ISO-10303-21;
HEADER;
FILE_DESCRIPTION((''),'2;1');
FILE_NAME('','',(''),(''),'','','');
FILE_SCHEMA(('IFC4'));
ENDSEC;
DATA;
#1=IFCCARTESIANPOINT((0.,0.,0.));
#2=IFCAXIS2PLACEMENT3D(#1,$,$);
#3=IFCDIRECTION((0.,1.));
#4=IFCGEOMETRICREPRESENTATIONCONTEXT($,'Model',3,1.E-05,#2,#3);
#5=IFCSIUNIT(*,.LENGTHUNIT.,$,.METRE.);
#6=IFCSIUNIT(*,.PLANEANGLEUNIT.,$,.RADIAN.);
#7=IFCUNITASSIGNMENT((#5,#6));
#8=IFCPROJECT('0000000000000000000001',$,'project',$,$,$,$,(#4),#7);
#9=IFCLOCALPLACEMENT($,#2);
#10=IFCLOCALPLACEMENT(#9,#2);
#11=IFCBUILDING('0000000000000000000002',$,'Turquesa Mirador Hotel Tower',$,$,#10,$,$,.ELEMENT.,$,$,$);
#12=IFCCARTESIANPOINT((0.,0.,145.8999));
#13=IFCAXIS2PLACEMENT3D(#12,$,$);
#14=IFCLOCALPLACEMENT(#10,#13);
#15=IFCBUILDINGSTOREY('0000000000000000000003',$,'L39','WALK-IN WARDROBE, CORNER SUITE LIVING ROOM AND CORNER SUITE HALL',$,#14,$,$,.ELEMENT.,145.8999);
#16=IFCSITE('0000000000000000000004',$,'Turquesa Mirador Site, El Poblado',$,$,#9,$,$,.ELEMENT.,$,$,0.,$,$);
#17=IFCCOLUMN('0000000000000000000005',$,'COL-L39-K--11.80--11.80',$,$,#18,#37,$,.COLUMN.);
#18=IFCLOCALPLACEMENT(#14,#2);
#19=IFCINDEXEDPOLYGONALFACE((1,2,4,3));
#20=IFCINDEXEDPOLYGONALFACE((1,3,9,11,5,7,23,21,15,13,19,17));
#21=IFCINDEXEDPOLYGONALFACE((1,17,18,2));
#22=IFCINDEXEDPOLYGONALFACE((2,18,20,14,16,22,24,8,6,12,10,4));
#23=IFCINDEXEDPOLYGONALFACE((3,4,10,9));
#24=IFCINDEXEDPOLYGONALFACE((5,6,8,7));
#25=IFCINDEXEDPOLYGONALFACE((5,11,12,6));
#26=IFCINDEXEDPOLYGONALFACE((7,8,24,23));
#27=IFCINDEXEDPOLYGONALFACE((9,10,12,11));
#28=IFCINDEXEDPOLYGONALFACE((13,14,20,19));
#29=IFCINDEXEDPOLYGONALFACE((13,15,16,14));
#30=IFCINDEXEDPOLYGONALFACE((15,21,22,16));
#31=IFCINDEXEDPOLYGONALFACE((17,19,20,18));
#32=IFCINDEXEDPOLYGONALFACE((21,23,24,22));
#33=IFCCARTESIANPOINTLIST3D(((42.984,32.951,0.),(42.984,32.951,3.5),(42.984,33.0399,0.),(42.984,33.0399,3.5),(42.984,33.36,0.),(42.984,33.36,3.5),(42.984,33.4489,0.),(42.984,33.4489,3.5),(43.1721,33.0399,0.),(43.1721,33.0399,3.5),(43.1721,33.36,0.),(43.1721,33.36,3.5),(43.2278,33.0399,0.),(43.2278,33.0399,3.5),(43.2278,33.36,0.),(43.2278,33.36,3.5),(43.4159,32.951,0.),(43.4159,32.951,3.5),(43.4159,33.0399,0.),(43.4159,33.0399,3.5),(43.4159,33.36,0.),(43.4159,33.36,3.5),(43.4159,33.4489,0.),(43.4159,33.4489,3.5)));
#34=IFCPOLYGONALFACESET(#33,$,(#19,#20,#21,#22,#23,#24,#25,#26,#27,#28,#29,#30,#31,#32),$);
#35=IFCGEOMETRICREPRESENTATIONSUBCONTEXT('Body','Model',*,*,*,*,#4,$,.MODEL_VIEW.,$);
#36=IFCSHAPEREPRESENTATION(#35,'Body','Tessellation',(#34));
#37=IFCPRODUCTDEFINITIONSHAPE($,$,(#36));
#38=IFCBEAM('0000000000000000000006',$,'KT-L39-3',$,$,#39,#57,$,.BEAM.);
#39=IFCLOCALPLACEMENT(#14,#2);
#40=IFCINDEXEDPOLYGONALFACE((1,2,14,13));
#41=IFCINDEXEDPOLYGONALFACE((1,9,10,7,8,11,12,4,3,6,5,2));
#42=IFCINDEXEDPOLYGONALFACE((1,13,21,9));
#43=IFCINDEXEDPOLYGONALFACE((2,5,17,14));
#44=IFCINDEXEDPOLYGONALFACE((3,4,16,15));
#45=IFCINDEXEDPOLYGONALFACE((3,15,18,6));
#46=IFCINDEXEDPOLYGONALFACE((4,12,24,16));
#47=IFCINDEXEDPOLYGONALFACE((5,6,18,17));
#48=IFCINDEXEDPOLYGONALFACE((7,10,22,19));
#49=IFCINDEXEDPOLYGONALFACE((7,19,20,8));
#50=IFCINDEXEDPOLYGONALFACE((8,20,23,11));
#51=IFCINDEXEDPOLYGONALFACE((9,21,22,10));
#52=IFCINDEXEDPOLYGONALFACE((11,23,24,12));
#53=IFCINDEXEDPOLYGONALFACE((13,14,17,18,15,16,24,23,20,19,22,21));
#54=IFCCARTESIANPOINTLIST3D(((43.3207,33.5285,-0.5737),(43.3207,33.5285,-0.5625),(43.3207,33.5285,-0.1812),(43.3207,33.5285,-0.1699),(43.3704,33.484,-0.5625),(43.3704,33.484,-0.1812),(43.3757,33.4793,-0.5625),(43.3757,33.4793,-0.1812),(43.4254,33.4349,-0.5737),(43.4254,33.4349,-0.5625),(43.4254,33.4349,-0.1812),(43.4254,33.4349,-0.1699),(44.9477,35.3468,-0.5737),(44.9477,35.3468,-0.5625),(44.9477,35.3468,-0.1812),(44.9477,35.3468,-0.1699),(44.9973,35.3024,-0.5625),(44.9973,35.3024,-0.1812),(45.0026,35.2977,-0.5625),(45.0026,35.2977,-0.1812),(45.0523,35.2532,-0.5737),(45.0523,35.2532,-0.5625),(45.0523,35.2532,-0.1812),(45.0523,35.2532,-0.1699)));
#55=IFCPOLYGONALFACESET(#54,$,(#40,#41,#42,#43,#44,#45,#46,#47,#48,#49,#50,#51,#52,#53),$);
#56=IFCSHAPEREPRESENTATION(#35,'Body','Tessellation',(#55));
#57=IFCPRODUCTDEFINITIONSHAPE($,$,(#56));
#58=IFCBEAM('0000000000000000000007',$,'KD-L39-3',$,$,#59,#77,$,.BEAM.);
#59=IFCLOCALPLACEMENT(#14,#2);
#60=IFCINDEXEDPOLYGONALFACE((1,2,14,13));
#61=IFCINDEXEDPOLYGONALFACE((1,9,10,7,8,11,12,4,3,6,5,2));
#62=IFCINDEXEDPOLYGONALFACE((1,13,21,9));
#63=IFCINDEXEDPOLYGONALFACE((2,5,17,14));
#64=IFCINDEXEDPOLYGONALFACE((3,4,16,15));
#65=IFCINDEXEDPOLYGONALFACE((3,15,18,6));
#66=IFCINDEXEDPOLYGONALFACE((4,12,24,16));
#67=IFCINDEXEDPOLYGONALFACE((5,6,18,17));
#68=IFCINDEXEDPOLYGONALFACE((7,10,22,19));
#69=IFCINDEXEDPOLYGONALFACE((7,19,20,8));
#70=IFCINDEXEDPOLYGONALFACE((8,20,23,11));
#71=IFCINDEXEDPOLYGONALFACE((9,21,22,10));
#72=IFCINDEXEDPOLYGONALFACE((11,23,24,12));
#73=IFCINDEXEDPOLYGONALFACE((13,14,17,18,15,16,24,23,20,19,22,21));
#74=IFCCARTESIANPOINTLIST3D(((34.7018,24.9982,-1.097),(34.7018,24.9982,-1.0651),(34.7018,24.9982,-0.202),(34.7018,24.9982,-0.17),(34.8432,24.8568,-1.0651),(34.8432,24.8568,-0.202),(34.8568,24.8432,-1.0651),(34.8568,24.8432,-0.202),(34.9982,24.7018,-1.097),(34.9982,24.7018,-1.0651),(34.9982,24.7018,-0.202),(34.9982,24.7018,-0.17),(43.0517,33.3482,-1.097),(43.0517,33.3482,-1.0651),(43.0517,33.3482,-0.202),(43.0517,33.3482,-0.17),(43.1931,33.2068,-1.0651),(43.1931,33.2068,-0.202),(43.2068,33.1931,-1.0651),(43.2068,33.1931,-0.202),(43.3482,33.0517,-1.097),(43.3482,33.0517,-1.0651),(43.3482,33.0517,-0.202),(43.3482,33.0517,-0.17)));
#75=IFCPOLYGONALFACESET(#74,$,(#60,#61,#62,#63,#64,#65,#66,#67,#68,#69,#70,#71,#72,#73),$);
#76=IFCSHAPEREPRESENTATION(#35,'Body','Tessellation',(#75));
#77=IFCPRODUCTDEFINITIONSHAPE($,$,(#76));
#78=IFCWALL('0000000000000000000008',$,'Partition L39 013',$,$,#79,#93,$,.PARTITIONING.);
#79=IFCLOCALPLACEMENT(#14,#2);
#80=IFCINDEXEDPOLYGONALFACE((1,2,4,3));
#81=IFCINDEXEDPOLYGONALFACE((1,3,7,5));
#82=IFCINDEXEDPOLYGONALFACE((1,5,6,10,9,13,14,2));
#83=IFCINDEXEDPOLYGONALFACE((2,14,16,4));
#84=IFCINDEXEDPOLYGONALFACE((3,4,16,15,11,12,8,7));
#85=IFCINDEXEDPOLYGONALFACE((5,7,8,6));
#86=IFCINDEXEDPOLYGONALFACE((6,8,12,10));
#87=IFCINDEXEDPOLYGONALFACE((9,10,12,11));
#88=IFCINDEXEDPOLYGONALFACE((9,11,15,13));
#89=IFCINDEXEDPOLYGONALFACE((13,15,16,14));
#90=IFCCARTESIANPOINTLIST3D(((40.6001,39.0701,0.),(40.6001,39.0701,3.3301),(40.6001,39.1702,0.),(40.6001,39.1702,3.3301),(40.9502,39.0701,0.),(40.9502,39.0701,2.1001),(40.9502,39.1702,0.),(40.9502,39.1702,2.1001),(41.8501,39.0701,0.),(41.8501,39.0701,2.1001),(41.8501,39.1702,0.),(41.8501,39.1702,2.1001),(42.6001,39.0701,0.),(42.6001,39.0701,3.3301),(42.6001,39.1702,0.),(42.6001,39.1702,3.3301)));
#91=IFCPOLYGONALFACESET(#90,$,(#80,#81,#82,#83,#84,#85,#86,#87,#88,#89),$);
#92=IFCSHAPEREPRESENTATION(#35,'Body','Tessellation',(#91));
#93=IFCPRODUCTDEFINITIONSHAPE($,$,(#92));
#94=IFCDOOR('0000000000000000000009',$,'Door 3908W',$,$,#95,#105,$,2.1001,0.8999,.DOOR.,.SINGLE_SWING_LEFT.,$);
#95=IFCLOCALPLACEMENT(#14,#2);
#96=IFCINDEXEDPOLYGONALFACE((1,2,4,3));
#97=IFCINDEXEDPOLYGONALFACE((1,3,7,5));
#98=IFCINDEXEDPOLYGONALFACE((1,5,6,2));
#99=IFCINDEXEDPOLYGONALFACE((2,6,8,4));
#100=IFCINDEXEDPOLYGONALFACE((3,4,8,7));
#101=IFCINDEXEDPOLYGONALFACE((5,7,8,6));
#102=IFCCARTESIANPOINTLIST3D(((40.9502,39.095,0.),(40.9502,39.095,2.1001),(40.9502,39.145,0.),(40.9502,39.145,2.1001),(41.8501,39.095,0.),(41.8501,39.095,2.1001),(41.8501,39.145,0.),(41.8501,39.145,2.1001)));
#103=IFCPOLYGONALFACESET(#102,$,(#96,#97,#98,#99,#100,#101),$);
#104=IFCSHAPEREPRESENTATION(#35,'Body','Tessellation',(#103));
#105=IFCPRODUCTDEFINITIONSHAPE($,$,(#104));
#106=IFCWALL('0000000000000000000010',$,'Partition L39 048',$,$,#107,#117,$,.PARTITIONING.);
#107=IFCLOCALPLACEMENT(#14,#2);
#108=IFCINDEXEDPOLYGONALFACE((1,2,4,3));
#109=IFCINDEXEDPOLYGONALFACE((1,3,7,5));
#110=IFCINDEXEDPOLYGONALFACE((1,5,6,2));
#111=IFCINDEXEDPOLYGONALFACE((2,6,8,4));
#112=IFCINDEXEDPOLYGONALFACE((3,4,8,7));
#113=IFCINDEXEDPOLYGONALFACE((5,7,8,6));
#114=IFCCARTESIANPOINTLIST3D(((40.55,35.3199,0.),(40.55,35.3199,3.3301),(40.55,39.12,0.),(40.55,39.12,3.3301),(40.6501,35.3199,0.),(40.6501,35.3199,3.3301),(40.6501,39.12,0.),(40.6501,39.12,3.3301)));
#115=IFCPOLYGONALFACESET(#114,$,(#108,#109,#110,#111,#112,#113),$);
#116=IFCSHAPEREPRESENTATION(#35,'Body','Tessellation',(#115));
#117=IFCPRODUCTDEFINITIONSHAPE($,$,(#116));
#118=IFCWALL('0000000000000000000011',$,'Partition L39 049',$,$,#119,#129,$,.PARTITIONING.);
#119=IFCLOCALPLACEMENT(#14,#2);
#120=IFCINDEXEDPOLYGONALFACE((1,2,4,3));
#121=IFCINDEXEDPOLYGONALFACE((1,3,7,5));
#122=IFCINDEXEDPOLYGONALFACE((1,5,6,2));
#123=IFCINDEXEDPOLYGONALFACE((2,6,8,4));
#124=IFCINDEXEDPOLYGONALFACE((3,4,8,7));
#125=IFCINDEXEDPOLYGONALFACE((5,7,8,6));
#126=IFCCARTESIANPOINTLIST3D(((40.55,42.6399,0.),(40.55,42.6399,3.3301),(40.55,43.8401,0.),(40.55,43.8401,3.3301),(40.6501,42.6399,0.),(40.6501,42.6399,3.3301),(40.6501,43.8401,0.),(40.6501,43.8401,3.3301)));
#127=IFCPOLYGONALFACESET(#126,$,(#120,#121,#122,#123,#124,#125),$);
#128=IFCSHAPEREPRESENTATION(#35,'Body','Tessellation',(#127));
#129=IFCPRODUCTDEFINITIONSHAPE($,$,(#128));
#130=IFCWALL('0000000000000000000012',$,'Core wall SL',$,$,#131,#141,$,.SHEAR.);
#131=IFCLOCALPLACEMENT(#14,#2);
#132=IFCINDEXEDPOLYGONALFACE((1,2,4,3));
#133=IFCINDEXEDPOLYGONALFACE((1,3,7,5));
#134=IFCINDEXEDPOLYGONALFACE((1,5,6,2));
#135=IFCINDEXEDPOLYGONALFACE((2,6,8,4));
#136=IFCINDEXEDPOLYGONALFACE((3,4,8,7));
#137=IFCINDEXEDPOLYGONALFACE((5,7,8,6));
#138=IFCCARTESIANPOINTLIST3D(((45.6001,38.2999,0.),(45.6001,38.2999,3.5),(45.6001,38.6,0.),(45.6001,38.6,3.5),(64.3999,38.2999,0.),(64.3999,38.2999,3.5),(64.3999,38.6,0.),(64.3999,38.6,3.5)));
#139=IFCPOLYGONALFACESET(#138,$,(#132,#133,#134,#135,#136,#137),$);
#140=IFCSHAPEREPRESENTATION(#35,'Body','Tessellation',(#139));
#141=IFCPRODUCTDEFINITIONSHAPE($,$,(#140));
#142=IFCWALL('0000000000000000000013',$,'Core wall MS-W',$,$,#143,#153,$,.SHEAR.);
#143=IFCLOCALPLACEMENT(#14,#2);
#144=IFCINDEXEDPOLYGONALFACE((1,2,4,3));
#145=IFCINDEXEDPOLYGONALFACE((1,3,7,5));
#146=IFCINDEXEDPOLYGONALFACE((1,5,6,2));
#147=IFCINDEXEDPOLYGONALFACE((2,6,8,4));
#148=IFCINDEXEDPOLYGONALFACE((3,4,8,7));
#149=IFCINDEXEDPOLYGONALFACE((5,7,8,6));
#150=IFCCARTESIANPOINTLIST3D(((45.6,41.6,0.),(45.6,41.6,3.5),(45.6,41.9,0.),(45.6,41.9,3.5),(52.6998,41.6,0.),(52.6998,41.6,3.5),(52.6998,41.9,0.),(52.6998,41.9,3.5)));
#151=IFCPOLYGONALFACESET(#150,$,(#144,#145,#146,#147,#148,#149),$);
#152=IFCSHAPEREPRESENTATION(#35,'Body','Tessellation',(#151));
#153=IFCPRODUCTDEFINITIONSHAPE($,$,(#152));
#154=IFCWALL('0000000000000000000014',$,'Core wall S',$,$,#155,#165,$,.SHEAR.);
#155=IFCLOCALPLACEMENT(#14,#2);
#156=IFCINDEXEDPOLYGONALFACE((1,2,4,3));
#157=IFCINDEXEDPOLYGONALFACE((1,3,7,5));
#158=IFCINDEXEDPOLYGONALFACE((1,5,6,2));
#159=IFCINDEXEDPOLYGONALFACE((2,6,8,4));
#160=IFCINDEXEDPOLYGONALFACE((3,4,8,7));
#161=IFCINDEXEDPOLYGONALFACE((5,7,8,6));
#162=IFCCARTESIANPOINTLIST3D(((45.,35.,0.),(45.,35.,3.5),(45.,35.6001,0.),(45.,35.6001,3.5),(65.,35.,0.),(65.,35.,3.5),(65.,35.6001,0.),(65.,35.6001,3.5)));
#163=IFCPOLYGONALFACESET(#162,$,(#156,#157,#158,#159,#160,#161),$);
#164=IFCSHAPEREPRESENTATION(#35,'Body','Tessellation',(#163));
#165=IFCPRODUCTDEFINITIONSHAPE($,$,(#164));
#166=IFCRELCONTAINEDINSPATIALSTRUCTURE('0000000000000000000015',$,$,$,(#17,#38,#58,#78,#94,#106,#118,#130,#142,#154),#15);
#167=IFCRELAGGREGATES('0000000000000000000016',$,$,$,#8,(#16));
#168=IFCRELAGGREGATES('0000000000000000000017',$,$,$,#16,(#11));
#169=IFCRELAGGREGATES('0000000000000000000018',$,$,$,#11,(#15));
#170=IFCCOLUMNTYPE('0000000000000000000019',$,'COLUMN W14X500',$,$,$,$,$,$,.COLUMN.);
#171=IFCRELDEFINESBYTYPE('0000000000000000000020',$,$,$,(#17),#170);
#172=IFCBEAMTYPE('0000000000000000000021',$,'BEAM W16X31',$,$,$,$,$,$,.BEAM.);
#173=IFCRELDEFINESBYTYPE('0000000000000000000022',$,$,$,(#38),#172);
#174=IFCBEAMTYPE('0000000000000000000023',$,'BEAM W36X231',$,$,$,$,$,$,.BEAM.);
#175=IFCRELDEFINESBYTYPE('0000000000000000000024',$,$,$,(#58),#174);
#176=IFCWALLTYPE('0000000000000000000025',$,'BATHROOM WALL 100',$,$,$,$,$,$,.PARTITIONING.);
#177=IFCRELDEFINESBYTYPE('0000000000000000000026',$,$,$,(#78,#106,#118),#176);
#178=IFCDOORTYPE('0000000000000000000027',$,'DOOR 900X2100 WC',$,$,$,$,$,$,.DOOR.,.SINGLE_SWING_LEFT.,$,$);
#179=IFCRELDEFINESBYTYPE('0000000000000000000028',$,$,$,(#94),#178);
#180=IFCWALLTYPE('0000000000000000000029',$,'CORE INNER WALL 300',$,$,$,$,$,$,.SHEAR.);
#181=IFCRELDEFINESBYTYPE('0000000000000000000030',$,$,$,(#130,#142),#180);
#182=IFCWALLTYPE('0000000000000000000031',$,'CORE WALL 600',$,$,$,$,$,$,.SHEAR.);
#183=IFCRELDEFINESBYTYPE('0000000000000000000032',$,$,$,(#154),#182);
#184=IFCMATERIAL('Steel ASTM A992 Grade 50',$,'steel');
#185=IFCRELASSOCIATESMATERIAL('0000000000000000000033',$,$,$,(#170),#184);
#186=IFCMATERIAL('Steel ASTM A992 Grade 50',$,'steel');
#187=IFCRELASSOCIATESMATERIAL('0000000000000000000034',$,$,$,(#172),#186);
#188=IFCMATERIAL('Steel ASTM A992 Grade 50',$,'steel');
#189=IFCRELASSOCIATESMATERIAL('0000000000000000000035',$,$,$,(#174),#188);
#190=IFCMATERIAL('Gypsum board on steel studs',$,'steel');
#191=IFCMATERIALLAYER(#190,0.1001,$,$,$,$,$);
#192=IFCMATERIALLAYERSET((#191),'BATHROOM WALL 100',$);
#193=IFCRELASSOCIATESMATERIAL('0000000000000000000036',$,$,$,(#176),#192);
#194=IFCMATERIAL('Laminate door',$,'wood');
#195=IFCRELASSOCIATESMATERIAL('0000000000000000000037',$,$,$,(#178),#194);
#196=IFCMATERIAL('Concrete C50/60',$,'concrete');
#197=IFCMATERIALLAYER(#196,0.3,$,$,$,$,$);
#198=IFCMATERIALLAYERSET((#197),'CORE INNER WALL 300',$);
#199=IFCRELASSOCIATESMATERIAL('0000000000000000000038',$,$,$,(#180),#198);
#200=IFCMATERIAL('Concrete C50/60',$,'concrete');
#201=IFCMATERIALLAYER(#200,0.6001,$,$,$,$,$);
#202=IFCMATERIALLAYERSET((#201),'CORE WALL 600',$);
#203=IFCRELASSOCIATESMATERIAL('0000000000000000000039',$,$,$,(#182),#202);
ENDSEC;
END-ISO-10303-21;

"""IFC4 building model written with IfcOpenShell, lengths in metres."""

from ifc_helpers import new_model, si_unit, direction, frame, frame_2d, origin, origin_2d, place, context, subcontext, project, spatial, rectangle, i_section, extrude, material, layer, layer_set, material_profile, profile_set, type_object, element, fill, save


model = new_model("IFC4")

# Units and contexts
model_context = context("Model", 3, precision=1e-05, world=origin(), true_north=direction((0.0, 1.0)))
body_context = subcontext(model_context, "Body", "Model", "MODEL_VIEW")
ifc_project = project(units=[si_unit("LENGTHUNIT", "METRE"), si_unit("PLANEANGLEUNIT", "RADIAN")], contexts=[model_context])

# Site, building, storey
site_placement = place(None, origin())
site = spatial("IfcSite", under=ifc_project, at=site_placement, Name="Turquesa Mirador Site, El Poblado", CompositionType="ELEMENT", RefElevation=0.0)
building_placement = place(site_placement, origin())
building = spatial("IfcBuilding", under=site, at=building_placement, Name="Turquesa Mirador Hotel Tower", CompositionType="ELEMENT")
storey_placement = place(building_placement, frame((0.0, 0.0, 145.8999)))
storey = spatial("IfcBuildingStorey", under=building, at=storey_placement, Name="L39", Description="WALK-IN WARDROBE, CORNER SUITE LIVING ROOM AND CORNER SUITE HALL", CompositionType="ELEMENT", Elevation=145.8999)

# Column
ifc_material_1 = material(Name="Steel ASTM A992 Grade 50", Category="steel")
ifc_material_profile_1 = material_profile(ifc_material_1, i_section(OverallWidth=0.4319, OverallDepth=0.4978, WebThickness=0.0557, FlangeThickness=0.0889, at=origin_2d()), Name="W14X500")
ifc_profile_set_1 = profile_set([ifc_material_profile_1], Name="Steel ASTM A992 Grade 50")
column_type = type_object("IfcColumnType", Name="COLUMN W14X500", PredefinedType="COLUMN", material=ifc_profile_set_1)
column_placement = place(storey_placement, frame((43.2, 33.2, 0.0), z_axis=(0.0, 0.0, 1.0), x_axis=(1.0, 0.0, 0.0)))
element("IfcColumn", 1, at=column_placement, inside=storey, type_object=column_type, Name="COL-L39-K--11.80--11.80", PredefinedType="COLUMN", context=body_context, shape_type="SweptSolid", body=[
    extrude(i_section(OverallWidth=0.4319, OverallDepth=0.4978, WebThickness=0.0557, FlangeThickness=0.0889, at=origin_2d()), origin(), (0.0, 0.0, 1.0), 3.5),
])

# Beams
ifc_material_2 = material(Name="Steel ASTM A992 Grade 50", Category="steel")
ifc_material_profile_2 = material_profile(ifc_material_2, i_section(OverallWidth=0.1404, OverallDepth=0.4038, WebThickness=0.0071, FlangeThickness=0.0112, at=origin_2d()), Name="W16X31")
ifc_profile_set_2 = profile_set([ifc_material_profile_2], Name="Steel ASTM A992 Grade 50")
beam_type_1 = type_object("IfcBeamType", Name="BEAM W16X31", PredefinedType="BEAM", material=ifc_profile_set_2)
beam_1_placement = place(storey_placement, frame((43.373, 33.4817, -0.3718), z_axis=(0.666795, 0.745241, 0.0), x_axis=(-0.745241, 0.666795, 0.0)))
element("IfcBeam", 2, at=beam_1_placement, inside=storey, type_object=beam_type_1, Name="KT-L39-3", PredefinedType="BEAM", context=body_context, shape_type="SweptSolid", body=[
    extrude(i_section(OverallWidth=0.1404, OverallDepth=0.4038, WebThickness=0.0071, FlangeThickness=0.0112, at=origin_2d()), origin(), (0.0, 0.0, 1.0), 2.4399),
])
ifc_material_3 = material(Name="Steel ASTM A992 Grade 50", Category="steel")
ifc_material_profile_3 = material_profile(ifc_material_3, i_section(OverallWidth=0.4192, OverallDepth=0.927, WebThickness=0.0193, FlangeThickness=0.032, at=origin_2d()), Name="W36X231")
ifc_profile_set_3 = profile_set([ifc_material_profile_3], Name="Steel ASTM A992 Grade 50")
beam_type_2 = type_object("IfcBeamType", Name="BEAM W36X231", PredefinedType="BEAM", material=ifc_profile_set_3)
beam_2_placement = place(storey_placement, frame((43.2, 33.2, -0.6335), z_axis=(-0.707107, -0.707107, 0.0), x_axis=(0.707107, -0.707107, 0.0)))
element("IfcBeam", 3, at=beam_2_placement, inside=storey, type_object=beam_type_2, Name="KD-L39-3", PredefinedType="BEAM", context=body_context, shape_type="SweptSolid", body=[
    extrude(i_section(OverallWidth=0.4192, OverallDepth=0.927, WebThickness=0.0193, FlangeThickness=0.032, at=origin_2d()), origin(), (0.0, 0.0, 1.0), 11.8086),
])

# Wall, opening, door
ifc_material_4 = material(Name="Gypsum board on steel studs", Category="steel")
ifc_layer_1 = layer(ifc_material_4, 0.1001)
ifc_layer_set_1 = layer_set([ifc_layer_1], Name="BATHROOM WALL 100")
wall_type_1 = type_object("IfcWallType", Name="BATHROOM WALL 100", PredefinedType="PARTITIONING", material=ifc_layer_set_1)
wall_1_placement = place(storey_placement, frame((40.6001, 39.1201, 0.0), z_axis=(0.0, 0.0, 1.0), x_axis=(1.0, 0.0, 0.0)))
wall_1 = element("IfcWall", 4, at=wall_1_placement, inside=storey, type_object=wall_type_1, Name="Partition L39 013", PredefinedType="PARTITIONING", context=body_context, shape_type="SweptSolid", body=[
    extrude(rectangle(XDim=2.0, YDim=0.1001, at=frame_2d((1.0, 0.0))), origin(), (0.0, 0.0, 1.0), 3.3301),
])
opening_1_placement = place(wall_1_placement, frame((0.3501, 0.0, 0.0)))
opening_1 = element("IfcOpeningElement", 5, at=opening_1_placement, cuts=wall_1, PredefinedType="OPENING", context=body_context, shape_type="SweptSolid", body=[
    extrude(rectangle(XDim=0.8999, YDim=2.1001, at=frame_2d((0.45, 1.05))), frame((0.0, 0.0601, 0.0), z_axis=(0.0, -1.0, 0.0), x_axis=(1.0, 0.0, 0.0)), (0.0, 0.0, 1.0), 0.1201),
])
ifc_material_5 = material(Name="Laminate door", Category="wood")
door_type_1 = type_object("IfcDoorType", Name="DOOR 900X2100 WC", OperationType="SINGLE_SWING_LEFT", PredefinedType="DOOR", material=ifc_material_5)
door_1_placement = place(opening_1_placement, origin())
door_1 = element("IfcDoor", 6, at=door_1_placement, inside=storey, type_object=door_type_1, Name="Door 3908W", OperationType="SINGLE_SWING_LEFT", OverallHeight=2.1001, OverallWidth=0.8999, PredefinedType="DOOR", context=body_context, shape_type="SweptSolid", body=[
    extrude(rectangle(XDim=0.8999, YDim=2.1001, at=frame_2d((0.45, 1.05))), frame((0.0, 0.0249, 0.0), z_axis=(0.0, -1.0, 0.0), x_axis=(1.0, 0.0, 0.0)), (0.0, 0.0, 1.0), 0.05),
])
fill(opening_1, door_1)

# Walls
wall_2_placement = place(storey_placement, frame((40.6001, 35.3201, 0.0), z_axis=(0.0, 0.0, 1.0), x_axis=(0.0, 1.0, 0.0)))
element("IfcWall", 7, at=wall_2_placement, inside=storey, type_object=wall_type_1, Name="Partition L39 048", PredefinedType="PARTITIONING", context=body_context, shape_type="SweptSolid", body=[
    extrude(rectangle(XDim=3.8, YDim=0.1001, at=frame_2d((1.8999, 0.0))), origin(), (0.0, 0.0, 1.0), 3.3301),
])
wall_3_placement = place(storey_placement, frame((40.6001, 42.6399, 0.0), z_axis=(0.0, 0.0, 1.0), x_axis=(0.0, 1.0, 0.0)))
element("IfcWall", 8, at=wall_3_placement, inside=storey, type_object=wall_type_1, Name="Partition L39 049", PredefinedType="PARTITIONING", context=body_context, shape_type="SweptSolid", body=[
    extrude(rectangle(XDim=1.2002, YDim=0.1001, at=frame_2d((0.6001, 0.0))), origin(), (0.0, 0.0, 1.0), 3.3301),
])
ifc_material_6 = material(Name="Concrete C50/60", Category="concrete")
ifc_layer_2 = layer(ifc_material_6, 0.3)
ifc_layer_set_2 = layer_set([ifc_layer_2], Name="CORE INNER WALL 300")
wall_type_2 = type_object("IfcWallType", Name="CORE INNER WALL 300", PredefinedType="SHEAR", material=ifc_layer_set_2)
wall_4_placement = place(storey_placement, frame((45.6001, 38.45, 0.0), z_axis=(0.0, 0.0, 1.0), x_axis=(1.0, 0.0, 0.0)))
element("IfcWall", 9, at=wall_4_placement, inside=storey, type_object=wall_type_2, Name="Core wall SL", PredefinedType="SHEAR", context=body_context, shape_type="SweptSolid", body=[
    extrude(rectangle(XDim=18.7998, YDim=0.3, at=frame_2d((9.3999, 0.0))), origin(), (0.0, 0.0, 1.0), 3.5),
])
wall_5_placement = place(storey_placement, frame((45.6001, 41.75, 0.0), z_axis=(0.0, 0.0, 1.0), x_axis=(1.0, 0.0, 0.0)))
element("IfcWall", 10, at=wall_5_placement, inside=storey, type_object=wall_type_2, Name="Core wall MS-W", PredefinedType="SHEAR", context=body_context, shape_type="SweptSolid", body=[
    extrude(rectangle(XDim=7.0999, YDim=0.3, at=frame_2d((3.5498, 0.0))), origin(), (0.0, 0.0, 1.0), 3.5),
])
ifc_material_7 = material(Name="Concrete C50/60", Category="concrete")
ifc_layer_3 = layer(ifc_material_7, 0.6001)
ifc_layer_set_3 = layer_set([ifc_layer_3], Name="CORE WALL 600")
wall_type_3 = type_object("IfcWallType", Name="CORE WALL 600", PredefinedType="SHEAR", material=ifc_layer_set_3)
wall_6_placement = place(storey_placement, frame((45.0, 35.3, 0.0), z_axis=(0.0, 0.0, 1.0), x_axis=(1.0, 0.0, 0.0)))
element("IfcWall", 11, at=wall_6_placement, inside=storey, type_object=wall_type_3, Name="Core wall S", PredefinedType="SHEAR", context=body_context, shape_type="SweptSolid", body=[
    extrude(rectangle(XDim=20.0, YDim=0.6001, at=frame_2d((10.0, 0.0))), origin(), (0.0, 0.0, 1.0), 3.5),
])

save(model, "model.ifc")
